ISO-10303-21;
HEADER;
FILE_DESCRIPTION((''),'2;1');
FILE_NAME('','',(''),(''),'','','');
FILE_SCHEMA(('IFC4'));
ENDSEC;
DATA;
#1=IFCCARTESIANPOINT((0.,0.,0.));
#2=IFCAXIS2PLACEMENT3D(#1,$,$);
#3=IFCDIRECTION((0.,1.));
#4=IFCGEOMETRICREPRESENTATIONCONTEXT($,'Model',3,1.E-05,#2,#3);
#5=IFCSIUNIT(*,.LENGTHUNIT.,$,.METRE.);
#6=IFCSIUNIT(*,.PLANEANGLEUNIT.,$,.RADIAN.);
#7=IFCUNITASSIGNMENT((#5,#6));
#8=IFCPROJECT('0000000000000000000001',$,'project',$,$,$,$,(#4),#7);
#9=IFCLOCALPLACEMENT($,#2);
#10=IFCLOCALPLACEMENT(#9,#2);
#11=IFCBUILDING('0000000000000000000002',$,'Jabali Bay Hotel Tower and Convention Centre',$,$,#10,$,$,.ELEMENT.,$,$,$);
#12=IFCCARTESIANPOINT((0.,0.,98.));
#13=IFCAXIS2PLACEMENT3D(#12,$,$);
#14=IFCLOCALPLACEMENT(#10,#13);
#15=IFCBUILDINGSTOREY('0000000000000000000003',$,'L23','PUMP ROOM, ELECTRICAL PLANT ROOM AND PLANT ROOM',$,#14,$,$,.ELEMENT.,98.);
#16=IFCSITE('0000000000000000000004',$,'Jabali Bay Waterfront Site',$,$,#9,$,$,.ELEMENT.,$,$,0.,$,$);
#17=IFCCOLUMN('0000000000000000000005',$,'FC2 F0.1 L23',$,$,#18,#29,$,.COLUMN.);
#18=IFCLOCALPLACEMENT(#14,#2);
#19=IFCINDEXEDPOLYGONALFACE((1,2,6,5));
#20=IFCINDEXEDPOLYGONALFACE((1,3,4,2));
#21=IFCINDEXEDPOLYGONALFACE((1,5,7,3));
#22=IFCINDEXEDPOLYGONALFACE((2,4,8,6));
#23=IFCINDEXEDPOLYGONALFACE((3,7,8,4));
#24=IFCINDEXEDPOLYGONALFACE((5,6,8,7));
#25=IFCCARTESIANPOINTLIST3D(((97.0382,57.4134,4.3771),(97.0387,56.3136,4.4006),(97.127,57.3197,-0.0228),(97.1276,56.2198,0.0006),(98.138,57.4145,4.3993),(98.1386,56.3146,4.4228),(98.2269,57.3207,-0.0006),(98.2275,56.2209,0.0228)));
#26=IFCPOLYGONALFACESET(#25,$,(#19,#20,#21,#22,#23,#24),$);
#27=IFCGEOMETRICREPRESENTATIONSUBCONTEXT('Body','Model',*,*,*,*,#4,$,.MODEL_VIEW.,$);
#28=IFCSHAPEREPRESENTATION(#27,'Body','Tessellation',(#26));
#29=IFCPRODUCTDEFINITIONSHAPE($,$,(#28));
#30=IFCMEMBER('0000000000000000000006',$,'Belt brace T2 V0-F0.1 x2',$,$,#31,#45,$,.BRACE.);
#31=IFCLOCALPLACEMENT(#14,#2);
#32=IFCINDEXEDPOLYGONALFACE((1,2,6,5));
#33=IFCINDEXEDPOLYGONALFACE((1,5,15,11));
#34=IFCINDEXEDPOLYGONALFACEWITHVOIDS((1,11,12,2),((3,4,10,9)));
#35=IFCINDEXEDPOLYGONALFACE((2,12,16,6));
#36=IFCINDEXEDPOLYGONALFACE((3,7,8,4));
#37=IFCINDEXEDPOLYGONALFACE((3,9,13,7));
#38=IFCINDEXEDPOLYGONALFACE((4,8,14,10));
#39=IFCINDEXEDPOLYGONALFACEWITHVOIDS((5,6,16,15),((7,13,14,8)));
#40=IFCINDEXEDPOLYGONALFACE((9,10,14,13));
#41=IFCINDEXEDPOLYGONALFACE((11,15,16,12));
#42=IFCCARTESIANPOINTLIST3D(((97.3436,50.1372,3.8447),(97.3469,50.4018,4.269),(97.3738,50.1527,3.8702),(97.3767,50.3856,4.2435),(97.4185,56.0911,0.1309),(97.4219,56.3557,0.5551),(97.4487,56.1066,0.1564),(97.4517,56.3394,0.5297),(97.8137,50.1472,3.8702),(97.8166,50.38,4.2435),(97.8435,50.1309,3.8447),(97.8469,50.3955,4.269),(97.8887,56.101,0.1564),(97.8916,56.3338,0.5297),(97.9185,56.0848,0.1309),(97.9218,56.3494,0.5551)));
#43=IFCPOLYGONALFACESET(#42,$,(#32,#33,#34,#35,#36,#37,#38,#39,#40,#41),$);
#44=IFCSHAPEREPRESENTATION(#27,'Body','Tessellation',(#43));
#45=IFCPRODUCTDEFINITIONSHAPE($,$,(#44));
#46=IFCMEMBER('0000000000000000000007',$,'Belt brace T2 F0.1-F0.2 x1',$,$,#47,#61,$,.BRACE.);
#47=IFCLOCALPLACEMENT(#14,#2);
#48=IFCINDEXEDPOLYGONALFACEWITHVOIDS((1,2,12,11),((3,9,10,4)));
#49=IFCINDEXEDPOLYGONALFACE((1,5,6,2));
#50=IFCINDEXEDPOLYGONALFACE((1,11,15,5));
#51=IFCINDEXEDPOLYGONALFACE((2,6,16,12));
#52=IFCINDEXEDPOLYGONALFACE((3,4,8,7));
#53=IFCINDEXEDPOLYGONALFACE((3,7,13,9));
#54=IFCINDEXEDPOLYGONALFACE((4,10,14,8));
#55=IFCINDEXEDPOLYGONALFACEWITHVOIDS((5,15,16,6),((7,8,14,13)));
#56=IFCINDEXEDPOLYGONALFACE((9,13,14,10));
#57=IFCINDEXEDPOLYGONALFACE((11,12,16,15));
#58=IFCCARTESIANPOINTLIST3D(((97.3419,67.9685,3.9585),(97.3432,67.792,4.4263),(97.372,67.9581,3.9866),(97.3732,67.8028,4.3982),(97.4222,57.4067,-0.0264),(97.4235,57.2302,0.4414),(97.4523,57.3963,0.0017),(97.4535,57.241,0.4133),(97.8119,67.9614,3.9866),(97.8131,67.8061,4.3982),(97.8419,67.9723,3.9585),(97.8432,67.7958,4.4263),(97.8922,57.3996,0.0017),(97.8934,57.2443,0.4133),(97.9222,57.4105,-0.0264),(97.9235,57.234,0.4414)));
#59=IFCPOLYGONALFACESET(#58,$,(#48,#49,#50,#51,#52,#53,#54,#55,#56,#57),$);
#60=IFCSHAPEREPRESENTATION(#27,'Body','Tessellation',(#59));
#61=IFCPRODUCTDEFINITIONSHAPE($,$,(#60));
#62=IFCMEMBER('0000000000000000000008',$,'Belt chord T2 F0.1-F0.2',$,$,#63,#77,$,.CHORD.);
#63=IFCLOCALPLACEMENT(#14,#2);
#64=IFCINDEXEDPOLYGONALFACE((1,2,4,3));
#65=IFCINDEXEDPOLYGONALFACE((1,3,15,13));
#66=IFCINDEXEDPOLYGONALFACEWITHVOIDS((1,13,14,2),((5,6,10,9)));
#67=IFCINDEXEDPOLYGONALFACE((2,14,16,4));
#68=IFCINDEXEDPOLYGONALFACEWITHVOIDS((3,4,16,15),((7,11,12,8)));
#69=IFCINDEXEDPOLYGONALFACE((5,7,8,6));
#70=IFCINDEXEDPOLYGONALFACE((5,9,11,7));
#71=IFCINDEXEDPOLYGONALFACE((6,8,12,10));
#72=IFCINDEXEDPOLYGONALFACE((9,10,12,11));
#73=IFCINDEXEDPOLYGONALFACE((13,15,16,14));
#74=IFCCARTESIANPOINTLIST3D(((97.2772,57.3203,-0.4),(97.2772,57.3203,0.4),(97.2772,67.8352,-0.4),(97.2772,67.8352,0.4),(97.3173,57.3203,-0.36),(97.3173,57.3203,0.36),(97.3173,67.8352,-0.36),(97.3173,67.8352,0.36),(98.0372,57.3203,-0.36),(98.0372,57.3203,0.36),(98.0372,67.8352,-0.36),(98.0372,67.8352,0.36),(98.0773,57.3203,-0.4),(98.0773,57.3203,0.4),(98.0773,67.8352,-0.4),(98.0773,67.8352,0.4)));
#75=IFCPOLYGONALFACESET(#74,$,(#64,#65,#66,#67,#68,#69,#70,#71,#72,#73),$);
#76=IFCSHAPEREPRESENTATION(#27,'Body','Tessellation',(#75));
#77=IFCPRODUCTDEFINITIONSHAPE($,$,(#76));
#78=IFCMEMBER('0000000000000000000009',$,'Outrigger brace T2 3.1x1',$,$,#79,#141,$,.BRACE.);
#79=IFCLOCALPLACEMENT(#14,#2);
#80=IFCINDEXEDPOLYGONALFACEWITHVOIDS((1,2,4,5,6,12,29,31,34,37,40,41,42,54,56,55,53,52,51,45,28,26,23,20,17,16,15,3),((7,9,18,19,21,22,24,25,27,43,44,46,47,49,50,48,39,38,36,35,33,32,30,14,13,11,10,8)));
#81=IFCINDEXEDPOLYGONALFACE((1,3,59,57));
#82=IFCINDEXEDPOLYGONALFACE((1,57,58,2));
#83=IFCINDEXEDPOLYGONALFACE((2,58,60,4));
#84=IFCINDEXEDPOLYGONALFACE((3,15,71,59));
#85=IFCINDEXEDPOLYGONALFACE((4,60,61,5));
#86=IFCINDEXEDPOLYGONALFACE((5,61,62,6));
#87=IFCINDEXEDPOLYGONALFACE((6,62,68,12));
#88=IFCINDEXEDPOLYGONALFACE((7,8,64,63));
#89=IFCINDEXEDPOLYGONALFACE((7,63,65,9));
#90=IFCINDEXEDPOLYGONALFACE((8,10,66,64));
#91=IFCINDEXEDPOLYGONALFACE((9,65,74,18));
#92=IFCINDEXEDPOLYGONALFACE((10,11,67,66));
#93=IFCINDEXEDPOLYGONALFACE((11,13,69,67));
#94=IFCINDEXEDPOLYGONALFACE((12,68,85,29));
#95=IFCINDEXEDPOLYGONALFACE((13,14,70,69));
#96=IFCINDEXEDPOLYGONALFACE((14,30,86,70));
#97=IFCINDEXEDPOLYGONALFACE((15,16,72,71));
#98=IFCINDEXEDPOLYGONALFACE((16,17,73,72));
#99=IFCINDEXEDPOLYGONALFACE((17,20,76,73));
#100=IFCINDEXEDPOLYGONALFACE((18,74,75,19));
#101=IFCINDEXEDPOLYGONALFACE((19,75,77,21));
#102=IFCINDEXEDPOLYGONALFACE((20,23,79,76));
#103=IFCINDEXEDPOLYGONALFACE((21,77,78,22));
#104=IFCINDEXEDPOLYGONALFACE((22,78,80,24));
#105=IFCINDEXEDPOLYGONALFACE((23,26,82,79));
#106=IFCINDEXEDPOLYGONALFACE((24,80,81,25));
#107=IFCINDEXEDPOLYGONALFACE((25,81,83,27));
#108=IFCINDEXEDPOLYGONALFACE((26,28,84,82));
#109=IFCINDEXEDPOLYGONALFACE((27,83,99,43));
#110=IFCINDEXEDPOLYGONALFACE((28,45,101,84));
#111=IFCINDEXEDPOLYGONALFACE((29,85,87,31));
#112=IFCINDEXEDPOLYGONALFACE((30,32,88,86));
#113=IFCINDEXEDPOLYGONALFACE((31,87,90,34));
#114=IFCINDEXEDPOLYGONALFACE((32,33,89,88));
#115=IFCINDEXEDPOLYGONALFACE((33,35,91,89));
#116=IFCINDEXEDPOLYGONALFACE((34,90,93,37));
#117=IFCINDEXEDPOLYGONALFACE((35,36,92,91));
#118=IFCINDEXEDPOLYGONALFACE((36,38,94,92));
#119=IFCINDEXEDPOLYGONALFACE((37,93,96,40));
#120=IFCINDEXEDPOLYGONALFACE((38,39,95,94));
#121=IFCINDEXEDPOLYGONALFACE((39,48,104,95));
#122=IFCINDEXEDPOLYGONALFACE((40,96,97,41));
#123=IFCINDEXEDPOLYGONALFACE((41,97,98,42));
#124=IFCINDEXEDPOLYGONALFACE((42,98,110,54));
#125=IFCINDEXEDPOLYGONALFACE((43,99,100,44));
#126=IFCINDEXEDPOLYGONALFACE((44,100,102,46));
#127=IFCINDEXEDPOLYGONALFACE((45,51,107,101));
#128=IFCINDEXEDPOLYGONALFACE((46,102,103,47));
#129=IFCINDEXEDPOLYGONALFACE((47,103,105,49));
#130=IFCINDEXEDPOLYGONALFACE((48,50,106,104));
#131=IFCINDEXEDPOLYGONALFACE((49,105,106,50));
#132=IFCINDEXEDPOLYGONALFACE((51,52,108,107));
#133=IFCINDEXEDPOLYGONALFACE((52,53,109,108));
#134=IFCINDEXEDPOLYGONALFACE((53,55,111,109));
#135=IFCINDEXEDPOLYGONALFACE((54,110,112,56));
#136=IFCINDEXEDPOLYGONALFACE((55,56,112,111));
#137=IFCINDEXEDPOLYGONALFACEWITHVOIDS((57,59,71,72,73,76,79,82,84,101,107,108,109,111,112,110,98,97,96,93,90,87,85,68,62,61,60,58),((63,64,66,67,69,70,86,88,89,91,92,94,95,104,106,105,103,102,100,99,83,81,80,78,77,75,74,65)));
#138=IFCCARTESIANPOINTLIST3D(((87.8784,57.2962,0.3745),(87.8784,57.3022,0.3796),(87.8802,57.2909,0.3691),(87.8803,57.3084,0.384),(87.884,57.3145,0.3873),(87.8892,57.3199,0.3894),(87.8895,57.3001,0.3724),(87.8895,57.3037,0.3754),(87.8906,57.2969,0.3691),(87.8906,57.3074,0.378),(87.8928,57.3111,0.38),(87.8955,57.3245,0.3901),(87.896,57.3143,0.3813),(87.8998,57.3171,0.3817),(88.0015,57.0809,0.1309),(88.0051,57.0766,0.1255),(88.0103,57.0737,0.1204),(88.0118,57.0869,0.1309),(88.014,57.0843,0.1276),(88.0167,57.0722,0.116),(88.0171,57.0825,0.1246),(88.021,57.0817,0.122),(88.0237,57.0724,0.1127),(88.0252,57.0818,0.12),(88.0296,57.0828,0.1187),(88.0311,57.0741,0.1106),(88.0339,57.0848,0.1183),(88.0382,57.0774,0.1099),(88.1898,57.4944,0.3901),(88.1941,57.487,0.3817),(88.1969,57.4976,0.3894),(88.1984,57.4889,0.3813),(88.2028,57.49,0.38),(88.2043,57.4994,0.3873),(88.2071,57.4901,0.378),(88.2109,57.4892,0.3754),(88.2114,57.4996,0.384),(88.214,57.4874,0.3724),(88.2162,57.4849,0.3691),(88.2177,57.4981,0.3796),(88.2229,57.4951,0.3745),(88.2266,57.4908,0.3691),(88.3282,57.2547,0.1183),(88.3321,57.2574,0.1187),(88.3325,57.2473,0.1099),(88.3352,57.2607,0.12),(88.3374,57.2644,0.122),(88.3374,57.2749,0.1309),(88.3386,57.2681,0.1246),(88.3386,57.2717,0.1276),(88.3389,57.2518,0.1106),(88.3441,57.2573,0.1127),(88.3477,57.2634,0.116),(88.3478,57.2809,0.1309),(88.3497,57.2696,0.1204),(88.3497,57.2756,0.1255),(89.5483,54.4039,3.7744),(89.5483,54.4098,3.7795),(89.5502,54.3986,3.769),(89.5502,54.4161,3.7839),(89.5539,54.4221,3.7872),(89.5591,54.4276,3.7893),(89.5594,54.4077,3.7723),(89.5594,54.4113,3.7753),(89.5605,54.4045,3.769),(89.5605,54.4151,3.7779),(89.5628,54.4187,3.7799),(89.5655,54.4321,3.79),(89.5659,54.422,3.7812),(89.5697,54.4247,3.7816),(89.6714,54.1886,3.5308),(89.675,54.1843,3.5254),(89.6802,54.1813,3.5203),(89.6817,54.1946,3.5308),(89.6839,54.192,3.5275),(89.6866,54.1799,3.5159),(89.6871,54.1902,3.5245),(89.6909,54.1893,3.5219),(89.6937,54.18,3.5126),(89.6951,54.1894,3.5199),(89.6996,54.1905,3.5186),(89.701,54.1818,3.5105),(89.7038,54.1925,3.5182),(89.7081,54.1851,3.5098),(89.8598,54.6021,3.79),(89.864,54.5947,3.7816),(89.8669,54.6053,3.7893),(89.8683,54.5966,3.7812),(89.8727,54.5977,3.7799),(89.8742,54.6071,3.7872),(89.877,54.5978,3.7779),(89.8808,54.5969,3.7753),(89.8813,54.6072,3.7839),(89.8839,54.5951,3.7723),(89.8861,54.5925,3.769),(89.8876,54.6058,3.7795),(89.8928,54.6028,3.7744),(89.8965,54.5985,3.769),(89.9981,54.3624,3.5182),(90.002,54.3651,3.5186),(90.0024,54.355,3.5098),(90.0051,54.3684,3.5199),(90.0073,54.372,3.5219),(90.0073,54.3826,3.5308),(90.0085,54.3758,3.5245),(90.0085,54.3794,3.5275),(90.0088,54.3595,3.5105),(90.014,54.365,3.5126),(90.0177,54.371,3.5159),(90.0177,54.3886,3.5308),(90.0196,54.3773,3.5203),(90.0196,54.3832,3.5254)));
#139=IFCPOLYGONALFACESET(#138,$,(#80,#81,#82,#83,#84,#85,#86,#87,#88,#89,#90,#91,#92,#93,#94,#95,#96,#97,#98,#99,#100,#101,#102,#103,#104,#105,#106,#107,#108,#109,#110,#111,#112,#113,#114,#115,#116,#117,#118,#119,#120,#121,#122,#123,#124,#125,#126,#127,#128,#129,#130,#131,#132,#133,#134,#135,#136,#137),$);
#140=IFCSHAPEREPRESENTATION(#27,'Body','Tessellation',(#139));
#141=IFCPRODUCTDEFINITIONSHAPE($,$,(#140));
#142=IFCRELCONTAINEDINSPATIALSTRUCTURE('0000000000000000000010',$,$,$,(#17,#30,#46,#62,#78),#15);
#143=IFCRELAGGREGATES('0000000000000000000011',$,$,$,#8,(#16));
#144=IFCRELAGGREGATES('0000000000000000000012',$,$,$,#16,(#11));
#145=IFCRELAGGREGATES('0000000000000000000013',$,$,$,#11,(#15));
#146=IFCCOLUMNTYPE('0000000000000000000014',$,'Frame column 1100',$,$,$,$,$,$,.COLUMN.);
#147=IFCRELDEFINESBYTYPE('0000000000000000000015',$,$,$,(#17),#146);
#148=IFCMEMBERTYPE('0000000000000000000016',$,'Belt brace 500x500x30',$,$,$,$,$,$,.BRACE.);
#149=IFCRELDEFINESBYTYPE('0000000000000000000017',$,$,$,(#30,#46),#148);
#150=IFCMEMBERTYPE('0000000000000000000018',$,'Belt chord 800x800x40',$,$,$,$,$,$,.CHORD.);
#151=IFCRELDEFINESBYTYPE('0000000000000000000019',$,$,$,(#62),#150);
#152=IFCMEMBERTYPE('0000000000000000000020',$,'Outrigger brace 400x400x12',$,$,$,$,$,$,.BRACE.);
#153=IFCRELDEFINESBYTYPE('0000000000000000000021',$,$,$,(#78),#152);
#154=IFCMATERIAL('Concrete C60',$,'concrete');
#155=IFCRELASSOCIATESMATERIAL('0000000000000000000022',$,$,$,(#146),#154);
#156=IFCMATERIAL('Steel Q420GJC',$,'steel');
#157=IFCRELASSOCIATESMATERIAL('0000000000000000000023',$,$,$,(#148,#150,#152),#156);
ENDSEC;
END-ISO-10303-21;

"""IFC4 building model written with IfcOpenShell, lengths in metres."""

from ifc_helpers import new_model, si_unit, direction, frame, origin, origin_2d, place, context, subcontext, project, spatial, rectangle, hollow_rectangle, extrude, material, material_profile, profile_set, type_object, element, save


model = new_model("IFC4")

# Units and contexts
model_context = context("Model", 3, precision=1e-05, world=origin(), true_north=direction((0.0, 1.0)))
body_context = subcontext(model_context, "Body", "Model", "MODEL_VIEW")
ifc_project = project(units=[si_unit("LENGTHUNIT", "METRE"), si_unit("PLANEANGLEUNIT", "RADIAN")], contexts=[model_context])

# Site, building, storey
site_placement = place(None, origin())
site = spatial("IfcSite", under=ifc_project, at=site_placement, Name="Jabali Bay Waterfront Site", CompositionType="ELEMENT", RefElevation=0.0)
building_placement = place(site_placement, origin())
building = spatial("IfcBuilding", under=site, at=building_placement, Name="Jabali Bay Hotel Tower and Convention Centre", CompositionType="ELEMENT")
storey_placement = place(building_placement, frame((0.0, 0.0, 98.0)))
storey = spatial("IfcBuildingStorey", under=building, at=storey_placement, Name="L23", Description="PUMP ROOM, ELECTRICAL PLANT ROOM AND PLANT ROOM", CompositionType="ELEMENT", Elevation=98.0)

# Column
ifc_material_1 = material(Name="Concrete C60", Category="concrete")
ifc_material_profile_1 = material_profile(ifc_material_1, rectangle(XDim=1.1001, YDim=1.1001, at=origin_2d()), Name="Frame column 1100")
ifc_profile_set_1 = profile_set([ifc_material_profile_1], Name="Concrete C60")
column_type = type_object("IfcColumnType", Name="Frame column 1100", PredefinedType="COLUMN", material=ifc_profile_set_1)
column_placement = place(storey_placement, frame((97.6772, 56.7703, 0.0), z_axis=(-0.020189, 0.021298, 0.999569), x_axis=(0.00052, -0.999773, 0.021313)))
element("IfcColumn", 1, at=column_placement, inside=storey, type_object=column_type, Name="FC2 F0.1 L23", PredefinedType="COLUMN", context=body_context, shape_type="SweptSolid", body=[
    extrude(rectangle(XDim=1.1001, YDim=1.1001, at=origin_2d()), origin(), (0.0, 0.0, 1.0), 4.4019),
])

# Members
ifc_material_2 = material(Name="Steel Q420GJC", Category="steel")
ifc_material_profile_2 = material_profile(ifc_material_2, hollow_rectangle(XDim=0.5, YDim=0.5, WallThickness=0.03, at=origin_2d()), Name="Belt brace 500x500x30")
ifc_profile_set_2 = profile_set([ifc_material_profile_2], Name="Steel Q420GJC")
member_type_1 = type_object("IfcMemberType", Name="Belt brace 500x500x30", PredefinedType="BRACE", material=ifc_profile_set_2)
member_1_placement = place(storey_placement, frame((97.6702, 56.2202, 0.343), z_axis=(-0.01068, -0.848417, 0.529221), x_axis=(0.999921, -0.012588, 0.0)))
element("IfcMember", 2, at=member_1_placement, inside=storey, type_object=member_type_1, Name="Belt brace T2 V0-F0.1 x2", PredefinedType="BRACE", context=body_context, shape_type="SweptSolid", body=[
    extrude(hollow_rectangle(XDim=0.5, YDim=0.5, WallThickness=0.03, at=origin_2d()), origin(), (0.0, 0.0, 1.0), 7.0176),
])
member_2_placement = place(storey_placement, frame((97.6729, 57.3203, 0.2075), z_axis=(-0.007115, 0.935599, 0.352993), x_axis=(-0.999971, -0.007605, 0.0)))
element("IfcMember", 3, at=member_2_placement, inside=storey, type_object=member_type_1, Name="Belt brace T2 F0.1-F0.2 x1", PredefinedType="BRACE", context=body_context, shape_type="SweptSolid", body=[
    extrude(hollow_rectangle(XDim=0.5, YDim=0.5, WallThickness=0.03, at=origin_2d()), origin(), (0.0, 0.0, 1.0), 11.2888),
])
ifc_material_profile_3 = material_profile(ifc_material_2, hollow_rectangle(XDim=0.8, YDim=0.8, WallThickness=0.04, at=origin_2d()), Name="Belt chord 800x800x40")
ifc_profile_set_3 = profile_set([ifc_material_profile_3], Name="Steel Q420GJC")
member_type_2 = type_object("IfcMemberType", Name="Belt chord 800x800x40", PredefinedType="CHORD", material=ifc_profile_set_3)
member_3_placement = place(storey_placement, frame((97.6772, 57.3203, 0.0), z_axis=(0.0, 1.0, 0.0), x_axis=(-1.0, 0.0, 0.0)))
element("IfcMember", 4, at=member_3_placement, inside=storey, type_object=member_type_2, Name="Belt chord T2 F0.1-F0.2", PredefinedType="CHORD", context=body_context, shape_type="SweptSolid", body=[
    extrude(hollow_rectangle(XDim=0.8, YDim=0.8, WallThickness=0.04, at=origin_2d()), origin(), (0.0, 0.0, 1.0), 10.5149),
])
ifc_material_profile_4 = material_profile(ifc_material_2, hollow_rectangle(XDim=0.3999, YDim=0.3999, WallThickness=0.012, InnerFilletRadius=0.0181, OuterFilletRadius=0.03, at=origin_2d()), Name="Outrigger brace 400x400x12")
ifc_profile_set_4 = profile_set([ifc_material_profile_4], Name="Steel Q420GJC")
member_type_3 = type_object("IfcMemberType", Name="Outrigger brace 400x400x12", PredefinedType="BRACE", material=ifc_profile_set_4)
member_4_placement = place(storey_placement, frame((88.114, 57.2859, 0.25), z_axis=(0.350391, -0.606884, 0.713385), x_axis=(0.866021, 0.500007, 0.0)))
element("IfcMember", 5, at=member_4_placement, inside=storey, type_object=member_type_3, Name="Outrigger brace T2 3.1x1", PredefinedType="BRACE", context=body_context, shape_type="SweptSolid", body=[
    extrude(hollow_rectangle(XDim=0.3999, YDim=0.3999, WallThickness=0.012, InnerFilletRadius=0.0181, OuterFilletRadius=0.03, at=origin_2d()), origin(), (0.0, 0.0, 1.0), 4.7659),
])

save(model, "model.ifc")
